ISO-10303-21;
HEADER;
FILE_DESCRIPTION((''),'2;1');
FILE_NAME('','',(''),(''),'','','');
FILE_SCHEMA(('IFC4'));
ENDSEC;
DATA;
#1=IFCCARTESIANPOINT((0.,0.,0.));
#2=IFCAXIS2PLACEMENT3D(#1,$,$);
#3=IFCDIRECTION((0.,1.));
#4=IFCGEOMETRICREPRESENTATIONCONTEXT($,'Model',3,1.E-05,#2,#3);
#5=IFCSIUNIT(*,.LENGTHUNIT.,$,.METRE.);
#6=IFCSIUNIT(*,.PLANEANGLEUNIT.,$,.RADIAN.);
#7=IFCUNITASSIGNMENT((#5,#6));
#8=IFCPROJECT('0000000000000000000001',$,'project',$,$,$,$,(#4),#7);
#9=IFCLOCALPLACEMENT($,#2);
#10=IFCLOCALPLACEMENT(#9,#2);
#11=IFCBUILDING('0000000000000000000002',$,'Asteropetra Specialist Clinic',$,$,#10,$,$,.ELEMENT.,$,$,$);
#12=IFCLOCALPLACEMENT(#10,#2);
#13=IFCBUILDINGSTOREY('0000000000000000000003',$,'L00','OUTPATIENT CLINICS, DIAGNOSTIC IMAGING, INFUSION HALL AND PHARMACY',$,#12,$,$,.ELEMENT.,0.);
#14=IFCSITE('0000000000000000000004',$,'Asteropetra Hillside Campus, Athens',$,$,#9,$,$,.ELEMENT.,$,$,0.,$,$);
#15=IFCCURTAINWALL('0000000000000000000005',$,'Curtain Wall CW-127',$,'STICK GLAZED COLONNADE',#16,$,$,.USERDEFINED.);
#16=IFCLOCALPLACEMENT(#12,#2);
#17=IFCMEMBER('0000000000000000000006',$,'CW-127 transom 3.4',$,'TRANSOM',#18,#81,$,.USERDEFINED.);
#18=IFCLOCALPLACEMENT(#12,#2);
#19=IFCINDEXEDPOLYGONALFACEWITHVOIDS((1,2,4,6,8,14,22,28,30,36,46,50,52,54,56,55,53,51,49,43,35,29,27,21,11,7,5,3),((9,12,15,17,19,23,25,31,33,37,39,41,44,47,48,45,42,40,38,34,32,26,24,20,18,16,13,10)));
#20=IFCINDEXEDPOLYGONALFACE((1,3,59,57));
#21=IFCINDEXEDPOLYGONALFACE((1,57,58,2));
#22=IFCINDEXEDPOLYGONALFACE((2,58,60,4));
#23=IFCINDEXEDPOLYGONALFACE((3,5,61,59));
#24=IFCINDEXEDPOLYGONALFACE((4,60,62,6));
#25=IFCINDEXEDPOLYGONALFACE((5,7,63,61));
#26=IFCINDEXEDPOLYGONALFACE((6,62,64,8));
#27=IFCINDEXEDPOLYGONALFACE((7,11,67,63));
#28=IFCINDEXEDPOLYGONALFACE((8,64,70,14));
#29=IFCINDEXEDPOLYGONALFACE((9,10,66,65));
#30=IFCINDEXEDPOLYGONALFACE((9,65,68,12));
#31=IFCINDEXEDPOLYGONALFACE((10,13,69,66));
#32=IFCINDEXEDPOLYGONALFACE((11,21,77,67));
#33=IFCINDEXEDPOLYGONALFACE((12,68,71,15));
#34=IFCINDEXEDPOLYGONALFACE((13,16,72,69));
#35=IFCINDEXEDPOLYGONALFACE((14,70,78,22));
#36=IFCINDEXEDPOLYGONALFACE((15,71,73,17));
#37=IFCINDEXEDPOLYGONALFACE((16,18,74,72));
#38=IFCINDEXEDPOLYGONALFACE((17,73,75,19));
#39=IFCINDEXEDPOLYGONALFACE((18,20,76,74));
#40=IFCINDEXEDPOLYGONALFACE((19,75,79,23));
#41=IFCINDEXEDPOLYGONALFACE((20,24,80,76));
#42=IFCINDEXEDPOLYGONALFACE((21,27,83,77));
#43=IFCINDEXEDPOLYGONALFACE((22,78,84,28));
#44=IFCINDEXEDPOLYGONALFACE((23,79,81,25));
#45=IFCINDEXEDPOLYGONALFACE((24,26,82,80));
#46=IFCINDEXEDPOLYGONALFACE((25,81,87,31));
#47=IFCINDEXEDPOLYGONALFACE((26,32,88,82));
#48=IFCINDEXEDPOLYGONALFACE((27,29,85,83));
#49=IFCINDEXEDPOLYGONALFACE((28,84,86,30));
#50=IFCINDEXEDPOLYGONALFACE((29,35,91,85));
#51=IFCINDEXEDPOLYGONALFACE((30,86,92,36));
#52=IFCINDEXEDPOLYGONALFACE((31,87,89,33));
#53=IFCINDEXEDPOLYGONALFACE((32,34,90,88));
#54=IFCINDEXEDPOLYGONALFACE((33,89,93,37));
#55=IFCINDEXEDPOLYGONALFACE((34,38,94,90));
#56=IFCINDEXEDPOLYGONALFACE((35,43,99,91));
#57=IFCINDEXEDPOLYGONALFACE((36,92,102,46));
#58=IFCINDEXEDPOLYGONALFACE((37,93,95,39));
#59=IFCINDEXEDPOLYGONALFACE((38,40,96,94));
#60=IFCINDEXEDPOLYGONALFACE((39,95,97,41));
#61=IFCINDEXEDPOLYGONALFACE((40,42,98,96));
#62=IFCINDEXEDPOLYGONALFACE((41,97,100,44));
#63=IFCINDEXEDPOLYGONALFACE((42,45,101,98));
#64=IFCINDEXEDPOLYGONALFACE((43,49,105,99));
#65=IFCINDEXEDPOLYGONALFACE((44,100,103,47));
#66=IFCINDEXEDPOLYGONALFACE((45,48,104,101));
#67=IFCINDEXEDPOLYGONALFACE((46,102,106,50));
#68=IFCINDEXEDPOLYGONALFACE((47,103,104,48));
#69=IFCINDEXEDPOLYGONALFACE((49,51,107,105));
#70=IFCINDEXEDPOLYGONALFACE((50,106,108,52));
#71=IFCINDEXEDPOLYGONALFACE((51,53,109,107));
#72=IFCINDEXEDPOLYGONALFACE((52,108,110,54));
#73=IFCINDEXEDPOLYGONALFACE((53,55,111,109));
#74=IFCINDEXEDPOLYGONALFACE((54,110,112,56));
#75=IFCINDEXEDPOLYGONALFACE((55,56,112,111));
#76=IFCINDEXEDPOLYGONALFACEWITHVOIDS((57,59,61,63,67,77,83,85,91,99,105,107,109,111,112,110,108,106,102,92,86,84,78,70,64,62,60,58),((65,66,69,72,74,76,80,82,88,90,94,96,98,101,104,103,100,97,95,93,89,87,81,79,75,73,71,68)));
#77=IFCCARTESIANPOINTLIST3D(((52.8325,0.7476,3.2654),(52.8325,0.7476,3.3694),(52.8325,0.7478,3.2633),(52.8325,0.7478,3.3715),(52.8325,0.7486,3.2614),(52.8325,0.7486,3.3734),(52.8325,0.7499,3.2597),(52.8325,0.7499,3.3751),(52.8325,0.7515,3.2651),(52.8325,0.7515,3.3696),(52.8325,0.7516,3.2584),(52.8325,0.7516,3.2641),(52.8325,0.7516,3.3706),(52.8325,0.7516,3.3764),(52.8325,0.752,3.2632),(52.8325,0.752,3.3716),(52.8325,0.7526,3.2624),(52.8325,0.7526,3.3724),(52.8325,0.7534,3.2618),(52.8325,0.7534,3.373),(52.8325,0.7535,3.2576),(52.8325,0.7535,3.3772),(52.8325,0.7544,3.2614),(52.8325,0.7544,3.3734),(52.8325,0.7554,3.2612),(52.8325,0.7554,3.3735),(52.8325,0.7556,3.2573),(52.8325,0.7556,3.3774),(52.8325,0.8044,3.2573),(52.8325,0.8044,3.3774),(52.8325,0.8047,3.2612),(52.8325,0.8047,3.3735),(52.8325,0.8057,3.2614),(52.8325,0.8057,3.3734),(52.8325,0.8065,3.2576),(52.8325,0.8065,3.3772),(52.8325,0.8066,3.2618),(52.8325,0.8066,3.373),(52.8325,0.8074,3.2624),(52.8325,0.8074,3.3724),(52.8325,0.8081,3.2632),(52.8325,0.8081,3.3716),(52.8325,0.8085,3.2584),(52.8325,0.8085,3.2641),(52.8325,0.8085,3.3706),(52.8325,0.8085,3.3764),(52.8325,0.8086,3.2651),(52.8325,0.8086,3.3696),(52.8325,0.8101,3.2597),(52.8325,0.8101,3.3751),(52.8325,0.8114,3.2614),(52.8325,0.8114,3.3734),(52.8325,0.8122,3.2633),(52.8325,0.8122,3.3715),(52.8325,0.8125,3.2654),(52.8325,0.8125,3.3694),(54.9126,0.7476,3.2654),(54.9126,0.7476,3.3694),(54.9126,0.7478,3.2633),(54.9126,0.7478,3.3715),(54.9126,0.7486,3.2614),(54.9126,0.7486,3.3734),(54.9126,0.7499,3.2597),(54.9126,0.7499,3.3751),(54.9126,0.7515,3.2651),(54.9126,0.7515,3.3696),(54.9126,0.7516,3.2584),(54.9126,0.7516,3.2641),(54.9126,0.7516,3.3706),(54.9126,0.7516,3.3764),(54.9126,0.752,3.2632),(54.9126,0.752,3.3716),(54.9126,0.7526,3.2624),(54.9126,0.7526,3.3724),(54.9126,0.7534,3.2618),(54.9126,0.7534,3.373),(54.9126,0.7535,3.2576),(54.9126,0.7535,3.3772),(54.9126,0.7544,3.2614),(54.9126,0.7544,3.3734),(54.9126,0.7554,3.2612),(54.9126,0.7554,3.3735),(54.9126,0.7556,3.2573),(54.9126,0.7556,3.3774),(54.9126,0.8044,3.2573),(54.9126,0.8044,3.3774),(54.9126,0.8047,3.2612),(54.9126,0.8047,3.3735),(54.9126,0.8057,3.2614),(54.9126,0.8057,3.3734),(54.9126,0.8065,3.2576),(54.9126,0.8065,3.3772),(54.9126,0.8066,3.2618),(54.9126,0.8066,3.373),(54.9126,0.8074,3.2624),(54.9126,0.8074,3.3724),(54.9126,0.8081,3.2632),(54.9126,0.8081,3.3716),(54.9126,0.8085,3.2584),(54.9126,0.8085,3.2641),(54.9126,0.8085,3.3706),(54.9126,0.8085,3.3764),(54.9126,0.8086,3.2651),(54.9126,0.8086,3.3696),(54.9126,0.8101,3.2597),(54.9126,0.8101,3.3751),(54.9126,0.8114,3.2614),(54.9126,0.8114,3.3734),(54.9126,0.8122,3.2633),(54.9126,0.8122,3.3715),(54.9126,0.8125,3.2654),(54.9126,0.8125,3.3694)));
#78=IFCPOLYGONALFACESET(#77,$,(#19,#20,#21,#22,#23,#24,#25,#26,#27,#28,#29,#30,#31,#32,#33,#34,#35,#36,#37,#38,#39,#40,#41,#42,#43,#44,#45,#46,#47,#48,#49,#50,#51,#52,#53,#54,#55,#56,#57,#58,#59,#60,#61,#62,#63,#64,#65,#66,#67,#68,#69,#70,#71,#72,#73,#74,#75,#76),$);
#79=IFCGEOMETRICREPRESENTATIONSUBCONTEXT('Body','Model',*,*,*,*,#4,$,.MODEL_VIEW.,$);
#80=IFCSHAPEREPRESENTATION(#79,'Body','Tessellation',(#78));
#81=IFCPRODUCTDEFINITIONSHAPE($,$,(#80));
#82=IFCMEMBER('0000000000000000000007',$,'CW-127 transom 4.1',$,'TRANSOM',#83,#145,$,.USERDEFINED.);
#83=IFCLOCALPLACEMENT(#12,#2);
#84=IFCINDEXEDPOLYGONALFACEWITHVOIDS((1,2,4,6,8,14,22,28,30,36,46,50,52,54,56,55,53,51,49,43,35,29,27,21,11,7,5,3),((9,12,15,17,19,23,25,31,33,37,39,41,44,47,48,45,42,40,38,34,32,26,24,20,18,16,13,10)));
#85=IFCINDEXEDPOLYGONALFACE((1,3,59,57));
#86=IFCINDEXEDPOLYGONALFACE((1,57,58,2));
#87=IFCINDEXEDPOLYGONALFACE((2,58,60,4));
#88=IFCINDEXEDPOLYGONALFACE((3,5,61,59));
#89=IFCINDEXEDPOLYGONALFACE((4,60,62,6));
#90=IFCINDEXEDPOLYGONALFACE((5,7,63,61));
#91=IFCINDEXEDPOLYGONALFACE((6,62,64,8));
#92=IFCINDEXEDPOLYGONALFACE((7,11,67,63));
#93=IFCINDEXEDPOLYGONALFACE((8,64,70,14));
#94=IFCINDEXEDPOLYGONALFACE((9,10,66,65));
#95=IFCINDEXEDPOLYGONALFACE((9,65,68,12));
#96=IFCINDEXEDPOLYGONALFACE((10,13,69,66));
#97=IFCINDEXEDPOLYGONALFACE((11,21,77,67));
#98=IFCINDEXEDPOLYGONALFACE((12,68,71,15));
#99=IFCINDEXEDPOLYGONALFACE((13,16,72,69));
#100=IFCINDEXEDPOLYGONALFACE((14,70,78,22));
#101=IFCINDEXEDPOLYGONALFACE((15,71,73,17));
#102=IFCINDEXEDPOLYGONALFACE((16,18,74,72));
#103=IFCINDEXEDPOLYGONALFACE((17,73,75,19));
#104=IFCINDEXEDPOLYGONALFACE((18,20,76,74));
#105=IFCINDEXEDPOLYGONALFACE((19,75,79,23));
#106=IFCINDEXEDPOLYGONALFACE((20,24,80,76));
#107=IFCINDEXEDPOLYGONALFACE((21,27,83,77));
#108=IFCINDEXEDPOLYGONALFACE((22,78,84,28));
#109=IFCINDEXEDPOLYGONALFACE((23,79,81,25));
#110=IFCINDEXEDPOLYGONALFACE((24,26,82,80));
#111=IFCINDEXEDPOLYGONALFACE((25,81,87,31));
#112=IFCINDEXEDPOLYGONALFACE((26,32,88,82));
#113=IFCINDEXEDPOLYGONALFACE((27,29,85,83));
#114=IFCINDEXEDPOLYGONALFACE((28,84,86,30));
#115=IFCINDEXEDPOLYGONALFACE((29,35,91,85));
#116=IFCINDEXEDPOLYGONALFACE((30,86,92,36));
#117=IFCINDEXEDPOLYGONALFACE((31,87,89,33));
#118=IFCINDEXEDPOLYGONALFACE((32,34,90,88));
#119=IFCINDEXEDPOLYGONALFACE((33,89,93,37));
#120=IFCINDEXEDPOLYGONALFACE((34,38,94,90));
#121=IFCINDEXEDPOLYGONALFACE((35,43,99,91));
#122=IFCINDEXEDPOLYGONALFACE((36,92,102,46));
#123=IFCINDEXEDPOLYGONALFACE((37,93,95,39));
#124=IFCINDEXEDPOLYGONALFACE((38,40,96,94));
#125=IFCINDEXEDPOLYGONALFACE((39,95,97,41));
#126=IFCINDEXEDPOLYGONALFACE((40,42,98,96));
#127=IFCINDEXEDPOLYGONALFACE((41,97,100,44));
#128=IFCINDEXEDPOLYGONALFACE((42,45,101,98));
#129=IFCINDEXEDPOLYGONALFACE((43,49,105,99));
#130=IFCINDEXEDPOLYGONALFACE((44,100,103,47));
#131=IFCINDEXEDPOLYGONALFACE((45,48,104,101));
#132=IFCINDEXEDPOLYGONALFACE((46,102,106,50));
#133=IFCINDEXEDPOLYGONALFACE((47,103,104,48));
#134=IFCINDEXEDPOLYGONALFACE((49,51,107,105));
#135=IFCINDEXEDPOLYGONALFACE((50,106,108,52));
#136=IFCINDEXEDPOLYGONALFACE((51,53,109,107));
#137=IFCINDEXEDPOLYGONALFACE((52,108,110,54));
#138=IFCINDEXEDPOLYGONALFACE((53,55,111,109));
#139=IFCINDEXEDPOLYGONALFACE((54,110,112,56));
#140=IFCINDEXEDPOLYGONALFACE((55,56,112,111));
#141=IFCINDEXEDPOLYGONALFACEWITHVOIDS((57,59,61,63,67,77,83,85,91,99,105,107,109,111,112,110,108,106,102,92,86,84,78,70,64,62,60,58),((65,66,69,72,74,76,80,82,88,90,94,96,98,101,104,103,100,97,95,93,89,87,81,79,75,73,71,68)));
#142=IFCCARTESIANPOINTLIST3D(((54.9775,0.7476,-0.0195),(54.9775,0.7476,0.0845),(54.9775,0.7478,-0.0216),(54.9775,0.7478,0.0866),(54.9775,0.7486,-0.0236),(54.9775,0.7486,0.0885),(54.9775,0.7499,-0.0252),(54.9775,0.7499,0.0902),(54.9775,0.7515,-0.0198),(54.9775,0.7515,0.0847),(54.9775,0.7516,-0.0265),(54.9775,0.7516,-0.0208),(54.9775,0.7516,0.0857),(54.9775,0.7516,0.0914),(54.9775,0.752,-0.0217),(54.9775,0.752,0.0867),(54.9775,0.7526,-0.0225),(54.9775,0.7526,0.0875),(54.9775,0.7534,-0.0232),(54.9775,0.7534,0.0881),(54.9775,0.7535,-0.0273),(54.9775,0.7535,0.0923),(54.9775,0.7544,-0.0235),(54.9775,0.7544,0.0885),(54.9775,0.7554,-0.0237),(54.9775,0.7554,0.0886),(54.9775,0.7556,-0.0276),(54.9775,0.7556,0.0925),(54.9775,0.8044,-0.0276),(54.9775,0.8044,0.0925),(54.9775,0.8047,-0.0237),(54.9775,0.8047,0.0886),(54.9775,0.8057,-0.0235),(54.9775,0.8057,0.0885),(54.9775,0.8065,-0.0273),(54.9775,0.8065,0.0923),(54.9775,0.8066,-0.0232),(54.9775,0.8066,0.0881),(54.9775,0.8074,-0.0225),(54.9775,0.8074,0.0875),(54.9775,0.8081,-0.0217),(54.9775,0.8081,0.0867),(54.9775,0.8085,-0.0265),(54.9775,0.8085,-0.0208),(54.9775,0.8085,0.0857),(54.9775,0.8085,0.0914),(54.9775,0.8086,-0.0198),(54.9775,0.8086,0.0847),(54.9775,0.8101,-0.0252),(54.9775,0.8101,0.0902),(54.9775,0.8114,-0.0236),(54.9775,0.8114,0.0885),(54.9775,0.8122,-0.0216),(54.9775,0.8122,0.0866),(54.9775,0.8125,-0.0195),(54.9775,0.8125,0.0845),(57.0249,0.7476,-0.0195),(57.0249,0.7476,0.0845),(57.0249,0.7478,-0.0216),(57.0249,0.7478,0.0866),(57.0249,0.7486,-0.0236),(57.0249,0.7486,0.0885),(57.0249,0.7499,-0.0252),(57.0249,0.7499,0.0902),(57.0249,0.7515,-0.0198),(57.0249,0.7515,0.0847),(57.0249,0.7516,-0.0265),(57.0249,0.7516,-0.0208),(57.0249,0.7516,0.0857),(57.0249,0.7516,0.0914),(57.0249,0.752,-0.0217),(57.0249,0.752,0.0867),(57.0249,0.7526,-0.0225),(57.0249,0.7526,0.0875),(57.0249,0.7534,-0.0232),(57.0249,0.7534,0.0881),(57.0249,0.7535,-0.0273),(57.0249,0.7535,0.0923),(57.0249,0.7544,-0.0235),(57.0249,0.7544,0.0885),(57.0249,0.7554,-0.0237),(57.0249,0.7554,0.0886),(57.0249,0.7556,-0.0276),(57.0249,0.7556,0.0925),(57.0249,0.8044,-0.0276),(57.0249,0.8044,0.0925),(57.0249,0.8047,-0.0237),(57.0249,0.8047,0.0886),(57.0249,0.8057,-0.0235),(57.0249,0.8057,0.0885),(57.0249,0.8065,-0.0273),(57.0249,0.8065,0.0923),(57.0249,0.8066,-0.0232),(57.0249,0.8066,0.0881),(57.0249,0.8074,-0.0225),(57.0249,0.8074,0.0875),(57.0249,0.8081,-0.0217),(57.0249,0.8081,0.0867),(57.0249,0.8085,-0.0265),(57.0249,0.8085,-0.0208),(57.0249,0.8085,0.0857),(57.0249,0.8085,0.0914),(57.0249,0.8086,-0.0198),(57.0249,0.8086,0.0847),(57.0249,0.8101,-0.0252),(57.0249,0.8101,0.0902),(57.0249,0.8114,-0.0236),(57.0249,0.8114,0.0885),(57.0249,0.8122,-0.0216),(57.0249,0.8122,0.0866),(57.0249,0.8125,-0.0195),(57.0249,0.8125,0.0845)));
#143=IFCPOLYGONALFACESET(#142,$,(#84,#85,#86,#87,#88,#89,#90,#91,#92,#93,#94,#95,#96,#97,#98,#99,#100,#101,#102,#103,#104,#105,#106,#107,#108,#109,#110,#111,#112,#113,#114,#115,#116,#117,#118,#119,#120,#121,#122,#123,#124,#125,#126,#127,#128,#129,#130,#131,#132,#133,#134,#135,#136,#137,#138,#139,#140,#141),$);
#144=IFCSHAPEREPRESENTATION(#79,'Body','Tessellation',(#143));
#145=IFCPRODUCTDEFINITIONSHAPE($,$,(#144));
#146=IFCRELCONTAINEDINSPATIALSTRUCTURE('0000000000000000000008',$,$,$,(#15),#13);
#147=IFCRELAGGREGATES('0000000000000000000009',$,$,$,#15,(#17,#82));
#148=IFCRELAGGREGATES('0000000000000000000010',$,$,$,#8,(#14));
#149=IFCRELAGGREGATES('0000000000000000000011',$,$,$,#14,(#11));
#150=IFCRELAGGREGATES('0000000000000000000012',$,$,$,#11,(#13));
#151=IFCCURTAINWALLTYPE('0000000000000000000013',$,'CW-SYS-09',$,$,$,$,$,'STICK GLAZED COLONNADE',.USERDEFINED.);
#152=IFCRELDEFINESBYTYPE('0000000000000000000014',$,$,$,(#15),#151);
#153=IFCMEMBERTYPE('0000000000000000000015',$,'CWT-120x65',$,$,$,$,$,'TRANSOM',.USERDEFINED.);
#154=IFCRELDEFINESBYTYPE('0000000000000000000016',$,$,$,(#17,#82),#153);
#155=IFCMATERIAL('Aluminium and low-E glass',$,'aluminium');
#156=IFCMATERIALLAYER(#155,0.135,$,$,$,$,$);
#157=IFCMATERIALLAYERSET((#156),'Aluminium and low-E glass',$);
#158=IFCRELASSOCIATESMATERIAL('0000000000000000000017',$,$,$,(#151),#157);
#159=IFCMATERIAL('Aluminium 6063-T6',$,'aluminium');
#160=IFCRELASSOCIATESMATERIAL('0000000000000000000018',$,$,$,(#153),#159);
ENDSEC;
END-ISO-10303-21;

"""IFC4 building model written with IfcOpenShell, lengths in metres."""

from ifc_helpers import new_model, si_unit, direction, frame, origin, origin_2d, place, context, subcontext, project, spatial, hollow_rectangle, extrude, material, layer, layer_set, material_profile, profile_set, type_object, element, aggregate, save


model = new_model("IFC4")

# Units and contexts
model_context = context("Model", 3, precision=1e-05, world=origin(), true_north=direction((0.0, 1.0)))
body_context = subcontext(model_context, "Body", "Model", "MODEL_VIEW")
ifc_project = project(units=[si_unit("LENGTHUNIT", "METRE"), si_unit("PLANEANGLEUNIT", "RADIAN")], contexts=[model_context])

# Site, building, storey
site_placement = place(None, origin())
site = spatial("IfcSite", under=ifc_project, at=site_placement, Name="Asteropetra Hillside Campus, Athens", CompositionType="ELEMENT", RefElevation=0.0)
building_placement = place(site_placement, origin())
building = spatial("IfcBuilding", under=site, at=building_placement, Name="Asteropetra Specialist Clinic", CompositionType="ELEMENT")
storey_placement = place(building_placement, origin())
storey = spatial("IfcBuildingStorey", under=building, at=storey_placement, Name="L00", Description="OUTPATIENT CLINICS, DIAGNOSTIC IMAGING, INFUSION HALL AND PHARMACY", CompositionType="ELEMENT", Elevation=0.0)

# Curtain wall, members
ifc_material_1 = material(Name="Aluminium and low-E glass", Category="aluminium")
ifc_layer_1 = layer(ifc_material_1, 0.135)
ifc_layer_set_1 = layer_set([ifc_layer_1], Name="Aluminium and low-E glass")
curtain_wall_type_1 = type_object("IfcCurtainWallType", Name="CW-SYS-09", ElementType="STICK GLAZED COLONNADE", PredefinedType="USERDEFINED", material=ifc_layer_set_1)
curtain_wall_1_placement = place(storey_placement, origin())
curtain_wall_1 = element("IfcCurtainWall", 1, at=curtain_wall_1_placement, inside=storey, type_object=curtain_wall_type_1, Name="Curtain Wall CW-127", ObjectType="STICK GLAZED COLONNADE", PredefinedType="USERDEFINED")
ifc_material_2 = material(Name="Aluminium 6063-T6", Category="aluminium")
ifc_material_profile_1 = material_profile(ifc_material_2, hollow_rectangle(XDim=0.0649, YDim=0.1201, WallThickness=0.0039, InnerFilletRadius=0.0039, OuterFilletRadius=0.0081, at=origin_2d()), Name="TRN 120x65x4.0")
ifc_profile_set_1 = profile_set([ifc_material_profile_1], Name="Aluminium 6063-T6")
member_type_1 = type_object("IfcMemberType", Name="CWT-120x65", ElementType="TRANSOM", PredefinedType="USERDEFINED", material=ifc_profile_set_1)
member_1_placement = place(storey_placement, frame((52.8325, 0.78, 3.3174), z_axis=(1.0, 0.0, 0.0), x_axis=(0.0, 1.0, 0.0)))
member_1 = element("IfcMember", 2, at=member_1_placement, type_object=member_type_1, Name="CW-127 transom 3.4", ObjectType="TRANSOM", PredefinedType="USERDEFINED", context=body_context, shape_type="SweptSolid", body=[
    extrude(hollow_rectangle(XDim=0.0649, YDim=0.1201, WallThickness=0.0039, InnerFilletRadius=0.0039, OuterFilletRadius=0.0081, at=origin_2d()), origin(), (0.0, 0.0, 1.0), 2.0801),
])
member_2_placement = place(storey_placement, frame((54.9775, 0.78, 0.0325), z_axis=(1.0, 0.0, 0.0), x_axis=(0.0, 1.0, 0.0)))
member_2 = element("IfcMember", 3, at=member_2_placement, type_object=member_type_1, Name="CW-127 transom 4.1", ObjectType="TRANSOM", PredefinedType="USERDEFINED", context=body_context, shape_type="SweptSolid", body=[
    extrude(hollow_rectangle(XDim=0.0649, YDim=0.1201, WallThickness=0.0039, InnerFilletRadius=0.0039, OuterFilletRadius=0.0081, at=origin_2d()), origin(), (0.0, 0.0, 1.0), 2.0474),
])

aggregate(curtain_wall_1, [member_1, member_2])

save(model, "model.ifc")
